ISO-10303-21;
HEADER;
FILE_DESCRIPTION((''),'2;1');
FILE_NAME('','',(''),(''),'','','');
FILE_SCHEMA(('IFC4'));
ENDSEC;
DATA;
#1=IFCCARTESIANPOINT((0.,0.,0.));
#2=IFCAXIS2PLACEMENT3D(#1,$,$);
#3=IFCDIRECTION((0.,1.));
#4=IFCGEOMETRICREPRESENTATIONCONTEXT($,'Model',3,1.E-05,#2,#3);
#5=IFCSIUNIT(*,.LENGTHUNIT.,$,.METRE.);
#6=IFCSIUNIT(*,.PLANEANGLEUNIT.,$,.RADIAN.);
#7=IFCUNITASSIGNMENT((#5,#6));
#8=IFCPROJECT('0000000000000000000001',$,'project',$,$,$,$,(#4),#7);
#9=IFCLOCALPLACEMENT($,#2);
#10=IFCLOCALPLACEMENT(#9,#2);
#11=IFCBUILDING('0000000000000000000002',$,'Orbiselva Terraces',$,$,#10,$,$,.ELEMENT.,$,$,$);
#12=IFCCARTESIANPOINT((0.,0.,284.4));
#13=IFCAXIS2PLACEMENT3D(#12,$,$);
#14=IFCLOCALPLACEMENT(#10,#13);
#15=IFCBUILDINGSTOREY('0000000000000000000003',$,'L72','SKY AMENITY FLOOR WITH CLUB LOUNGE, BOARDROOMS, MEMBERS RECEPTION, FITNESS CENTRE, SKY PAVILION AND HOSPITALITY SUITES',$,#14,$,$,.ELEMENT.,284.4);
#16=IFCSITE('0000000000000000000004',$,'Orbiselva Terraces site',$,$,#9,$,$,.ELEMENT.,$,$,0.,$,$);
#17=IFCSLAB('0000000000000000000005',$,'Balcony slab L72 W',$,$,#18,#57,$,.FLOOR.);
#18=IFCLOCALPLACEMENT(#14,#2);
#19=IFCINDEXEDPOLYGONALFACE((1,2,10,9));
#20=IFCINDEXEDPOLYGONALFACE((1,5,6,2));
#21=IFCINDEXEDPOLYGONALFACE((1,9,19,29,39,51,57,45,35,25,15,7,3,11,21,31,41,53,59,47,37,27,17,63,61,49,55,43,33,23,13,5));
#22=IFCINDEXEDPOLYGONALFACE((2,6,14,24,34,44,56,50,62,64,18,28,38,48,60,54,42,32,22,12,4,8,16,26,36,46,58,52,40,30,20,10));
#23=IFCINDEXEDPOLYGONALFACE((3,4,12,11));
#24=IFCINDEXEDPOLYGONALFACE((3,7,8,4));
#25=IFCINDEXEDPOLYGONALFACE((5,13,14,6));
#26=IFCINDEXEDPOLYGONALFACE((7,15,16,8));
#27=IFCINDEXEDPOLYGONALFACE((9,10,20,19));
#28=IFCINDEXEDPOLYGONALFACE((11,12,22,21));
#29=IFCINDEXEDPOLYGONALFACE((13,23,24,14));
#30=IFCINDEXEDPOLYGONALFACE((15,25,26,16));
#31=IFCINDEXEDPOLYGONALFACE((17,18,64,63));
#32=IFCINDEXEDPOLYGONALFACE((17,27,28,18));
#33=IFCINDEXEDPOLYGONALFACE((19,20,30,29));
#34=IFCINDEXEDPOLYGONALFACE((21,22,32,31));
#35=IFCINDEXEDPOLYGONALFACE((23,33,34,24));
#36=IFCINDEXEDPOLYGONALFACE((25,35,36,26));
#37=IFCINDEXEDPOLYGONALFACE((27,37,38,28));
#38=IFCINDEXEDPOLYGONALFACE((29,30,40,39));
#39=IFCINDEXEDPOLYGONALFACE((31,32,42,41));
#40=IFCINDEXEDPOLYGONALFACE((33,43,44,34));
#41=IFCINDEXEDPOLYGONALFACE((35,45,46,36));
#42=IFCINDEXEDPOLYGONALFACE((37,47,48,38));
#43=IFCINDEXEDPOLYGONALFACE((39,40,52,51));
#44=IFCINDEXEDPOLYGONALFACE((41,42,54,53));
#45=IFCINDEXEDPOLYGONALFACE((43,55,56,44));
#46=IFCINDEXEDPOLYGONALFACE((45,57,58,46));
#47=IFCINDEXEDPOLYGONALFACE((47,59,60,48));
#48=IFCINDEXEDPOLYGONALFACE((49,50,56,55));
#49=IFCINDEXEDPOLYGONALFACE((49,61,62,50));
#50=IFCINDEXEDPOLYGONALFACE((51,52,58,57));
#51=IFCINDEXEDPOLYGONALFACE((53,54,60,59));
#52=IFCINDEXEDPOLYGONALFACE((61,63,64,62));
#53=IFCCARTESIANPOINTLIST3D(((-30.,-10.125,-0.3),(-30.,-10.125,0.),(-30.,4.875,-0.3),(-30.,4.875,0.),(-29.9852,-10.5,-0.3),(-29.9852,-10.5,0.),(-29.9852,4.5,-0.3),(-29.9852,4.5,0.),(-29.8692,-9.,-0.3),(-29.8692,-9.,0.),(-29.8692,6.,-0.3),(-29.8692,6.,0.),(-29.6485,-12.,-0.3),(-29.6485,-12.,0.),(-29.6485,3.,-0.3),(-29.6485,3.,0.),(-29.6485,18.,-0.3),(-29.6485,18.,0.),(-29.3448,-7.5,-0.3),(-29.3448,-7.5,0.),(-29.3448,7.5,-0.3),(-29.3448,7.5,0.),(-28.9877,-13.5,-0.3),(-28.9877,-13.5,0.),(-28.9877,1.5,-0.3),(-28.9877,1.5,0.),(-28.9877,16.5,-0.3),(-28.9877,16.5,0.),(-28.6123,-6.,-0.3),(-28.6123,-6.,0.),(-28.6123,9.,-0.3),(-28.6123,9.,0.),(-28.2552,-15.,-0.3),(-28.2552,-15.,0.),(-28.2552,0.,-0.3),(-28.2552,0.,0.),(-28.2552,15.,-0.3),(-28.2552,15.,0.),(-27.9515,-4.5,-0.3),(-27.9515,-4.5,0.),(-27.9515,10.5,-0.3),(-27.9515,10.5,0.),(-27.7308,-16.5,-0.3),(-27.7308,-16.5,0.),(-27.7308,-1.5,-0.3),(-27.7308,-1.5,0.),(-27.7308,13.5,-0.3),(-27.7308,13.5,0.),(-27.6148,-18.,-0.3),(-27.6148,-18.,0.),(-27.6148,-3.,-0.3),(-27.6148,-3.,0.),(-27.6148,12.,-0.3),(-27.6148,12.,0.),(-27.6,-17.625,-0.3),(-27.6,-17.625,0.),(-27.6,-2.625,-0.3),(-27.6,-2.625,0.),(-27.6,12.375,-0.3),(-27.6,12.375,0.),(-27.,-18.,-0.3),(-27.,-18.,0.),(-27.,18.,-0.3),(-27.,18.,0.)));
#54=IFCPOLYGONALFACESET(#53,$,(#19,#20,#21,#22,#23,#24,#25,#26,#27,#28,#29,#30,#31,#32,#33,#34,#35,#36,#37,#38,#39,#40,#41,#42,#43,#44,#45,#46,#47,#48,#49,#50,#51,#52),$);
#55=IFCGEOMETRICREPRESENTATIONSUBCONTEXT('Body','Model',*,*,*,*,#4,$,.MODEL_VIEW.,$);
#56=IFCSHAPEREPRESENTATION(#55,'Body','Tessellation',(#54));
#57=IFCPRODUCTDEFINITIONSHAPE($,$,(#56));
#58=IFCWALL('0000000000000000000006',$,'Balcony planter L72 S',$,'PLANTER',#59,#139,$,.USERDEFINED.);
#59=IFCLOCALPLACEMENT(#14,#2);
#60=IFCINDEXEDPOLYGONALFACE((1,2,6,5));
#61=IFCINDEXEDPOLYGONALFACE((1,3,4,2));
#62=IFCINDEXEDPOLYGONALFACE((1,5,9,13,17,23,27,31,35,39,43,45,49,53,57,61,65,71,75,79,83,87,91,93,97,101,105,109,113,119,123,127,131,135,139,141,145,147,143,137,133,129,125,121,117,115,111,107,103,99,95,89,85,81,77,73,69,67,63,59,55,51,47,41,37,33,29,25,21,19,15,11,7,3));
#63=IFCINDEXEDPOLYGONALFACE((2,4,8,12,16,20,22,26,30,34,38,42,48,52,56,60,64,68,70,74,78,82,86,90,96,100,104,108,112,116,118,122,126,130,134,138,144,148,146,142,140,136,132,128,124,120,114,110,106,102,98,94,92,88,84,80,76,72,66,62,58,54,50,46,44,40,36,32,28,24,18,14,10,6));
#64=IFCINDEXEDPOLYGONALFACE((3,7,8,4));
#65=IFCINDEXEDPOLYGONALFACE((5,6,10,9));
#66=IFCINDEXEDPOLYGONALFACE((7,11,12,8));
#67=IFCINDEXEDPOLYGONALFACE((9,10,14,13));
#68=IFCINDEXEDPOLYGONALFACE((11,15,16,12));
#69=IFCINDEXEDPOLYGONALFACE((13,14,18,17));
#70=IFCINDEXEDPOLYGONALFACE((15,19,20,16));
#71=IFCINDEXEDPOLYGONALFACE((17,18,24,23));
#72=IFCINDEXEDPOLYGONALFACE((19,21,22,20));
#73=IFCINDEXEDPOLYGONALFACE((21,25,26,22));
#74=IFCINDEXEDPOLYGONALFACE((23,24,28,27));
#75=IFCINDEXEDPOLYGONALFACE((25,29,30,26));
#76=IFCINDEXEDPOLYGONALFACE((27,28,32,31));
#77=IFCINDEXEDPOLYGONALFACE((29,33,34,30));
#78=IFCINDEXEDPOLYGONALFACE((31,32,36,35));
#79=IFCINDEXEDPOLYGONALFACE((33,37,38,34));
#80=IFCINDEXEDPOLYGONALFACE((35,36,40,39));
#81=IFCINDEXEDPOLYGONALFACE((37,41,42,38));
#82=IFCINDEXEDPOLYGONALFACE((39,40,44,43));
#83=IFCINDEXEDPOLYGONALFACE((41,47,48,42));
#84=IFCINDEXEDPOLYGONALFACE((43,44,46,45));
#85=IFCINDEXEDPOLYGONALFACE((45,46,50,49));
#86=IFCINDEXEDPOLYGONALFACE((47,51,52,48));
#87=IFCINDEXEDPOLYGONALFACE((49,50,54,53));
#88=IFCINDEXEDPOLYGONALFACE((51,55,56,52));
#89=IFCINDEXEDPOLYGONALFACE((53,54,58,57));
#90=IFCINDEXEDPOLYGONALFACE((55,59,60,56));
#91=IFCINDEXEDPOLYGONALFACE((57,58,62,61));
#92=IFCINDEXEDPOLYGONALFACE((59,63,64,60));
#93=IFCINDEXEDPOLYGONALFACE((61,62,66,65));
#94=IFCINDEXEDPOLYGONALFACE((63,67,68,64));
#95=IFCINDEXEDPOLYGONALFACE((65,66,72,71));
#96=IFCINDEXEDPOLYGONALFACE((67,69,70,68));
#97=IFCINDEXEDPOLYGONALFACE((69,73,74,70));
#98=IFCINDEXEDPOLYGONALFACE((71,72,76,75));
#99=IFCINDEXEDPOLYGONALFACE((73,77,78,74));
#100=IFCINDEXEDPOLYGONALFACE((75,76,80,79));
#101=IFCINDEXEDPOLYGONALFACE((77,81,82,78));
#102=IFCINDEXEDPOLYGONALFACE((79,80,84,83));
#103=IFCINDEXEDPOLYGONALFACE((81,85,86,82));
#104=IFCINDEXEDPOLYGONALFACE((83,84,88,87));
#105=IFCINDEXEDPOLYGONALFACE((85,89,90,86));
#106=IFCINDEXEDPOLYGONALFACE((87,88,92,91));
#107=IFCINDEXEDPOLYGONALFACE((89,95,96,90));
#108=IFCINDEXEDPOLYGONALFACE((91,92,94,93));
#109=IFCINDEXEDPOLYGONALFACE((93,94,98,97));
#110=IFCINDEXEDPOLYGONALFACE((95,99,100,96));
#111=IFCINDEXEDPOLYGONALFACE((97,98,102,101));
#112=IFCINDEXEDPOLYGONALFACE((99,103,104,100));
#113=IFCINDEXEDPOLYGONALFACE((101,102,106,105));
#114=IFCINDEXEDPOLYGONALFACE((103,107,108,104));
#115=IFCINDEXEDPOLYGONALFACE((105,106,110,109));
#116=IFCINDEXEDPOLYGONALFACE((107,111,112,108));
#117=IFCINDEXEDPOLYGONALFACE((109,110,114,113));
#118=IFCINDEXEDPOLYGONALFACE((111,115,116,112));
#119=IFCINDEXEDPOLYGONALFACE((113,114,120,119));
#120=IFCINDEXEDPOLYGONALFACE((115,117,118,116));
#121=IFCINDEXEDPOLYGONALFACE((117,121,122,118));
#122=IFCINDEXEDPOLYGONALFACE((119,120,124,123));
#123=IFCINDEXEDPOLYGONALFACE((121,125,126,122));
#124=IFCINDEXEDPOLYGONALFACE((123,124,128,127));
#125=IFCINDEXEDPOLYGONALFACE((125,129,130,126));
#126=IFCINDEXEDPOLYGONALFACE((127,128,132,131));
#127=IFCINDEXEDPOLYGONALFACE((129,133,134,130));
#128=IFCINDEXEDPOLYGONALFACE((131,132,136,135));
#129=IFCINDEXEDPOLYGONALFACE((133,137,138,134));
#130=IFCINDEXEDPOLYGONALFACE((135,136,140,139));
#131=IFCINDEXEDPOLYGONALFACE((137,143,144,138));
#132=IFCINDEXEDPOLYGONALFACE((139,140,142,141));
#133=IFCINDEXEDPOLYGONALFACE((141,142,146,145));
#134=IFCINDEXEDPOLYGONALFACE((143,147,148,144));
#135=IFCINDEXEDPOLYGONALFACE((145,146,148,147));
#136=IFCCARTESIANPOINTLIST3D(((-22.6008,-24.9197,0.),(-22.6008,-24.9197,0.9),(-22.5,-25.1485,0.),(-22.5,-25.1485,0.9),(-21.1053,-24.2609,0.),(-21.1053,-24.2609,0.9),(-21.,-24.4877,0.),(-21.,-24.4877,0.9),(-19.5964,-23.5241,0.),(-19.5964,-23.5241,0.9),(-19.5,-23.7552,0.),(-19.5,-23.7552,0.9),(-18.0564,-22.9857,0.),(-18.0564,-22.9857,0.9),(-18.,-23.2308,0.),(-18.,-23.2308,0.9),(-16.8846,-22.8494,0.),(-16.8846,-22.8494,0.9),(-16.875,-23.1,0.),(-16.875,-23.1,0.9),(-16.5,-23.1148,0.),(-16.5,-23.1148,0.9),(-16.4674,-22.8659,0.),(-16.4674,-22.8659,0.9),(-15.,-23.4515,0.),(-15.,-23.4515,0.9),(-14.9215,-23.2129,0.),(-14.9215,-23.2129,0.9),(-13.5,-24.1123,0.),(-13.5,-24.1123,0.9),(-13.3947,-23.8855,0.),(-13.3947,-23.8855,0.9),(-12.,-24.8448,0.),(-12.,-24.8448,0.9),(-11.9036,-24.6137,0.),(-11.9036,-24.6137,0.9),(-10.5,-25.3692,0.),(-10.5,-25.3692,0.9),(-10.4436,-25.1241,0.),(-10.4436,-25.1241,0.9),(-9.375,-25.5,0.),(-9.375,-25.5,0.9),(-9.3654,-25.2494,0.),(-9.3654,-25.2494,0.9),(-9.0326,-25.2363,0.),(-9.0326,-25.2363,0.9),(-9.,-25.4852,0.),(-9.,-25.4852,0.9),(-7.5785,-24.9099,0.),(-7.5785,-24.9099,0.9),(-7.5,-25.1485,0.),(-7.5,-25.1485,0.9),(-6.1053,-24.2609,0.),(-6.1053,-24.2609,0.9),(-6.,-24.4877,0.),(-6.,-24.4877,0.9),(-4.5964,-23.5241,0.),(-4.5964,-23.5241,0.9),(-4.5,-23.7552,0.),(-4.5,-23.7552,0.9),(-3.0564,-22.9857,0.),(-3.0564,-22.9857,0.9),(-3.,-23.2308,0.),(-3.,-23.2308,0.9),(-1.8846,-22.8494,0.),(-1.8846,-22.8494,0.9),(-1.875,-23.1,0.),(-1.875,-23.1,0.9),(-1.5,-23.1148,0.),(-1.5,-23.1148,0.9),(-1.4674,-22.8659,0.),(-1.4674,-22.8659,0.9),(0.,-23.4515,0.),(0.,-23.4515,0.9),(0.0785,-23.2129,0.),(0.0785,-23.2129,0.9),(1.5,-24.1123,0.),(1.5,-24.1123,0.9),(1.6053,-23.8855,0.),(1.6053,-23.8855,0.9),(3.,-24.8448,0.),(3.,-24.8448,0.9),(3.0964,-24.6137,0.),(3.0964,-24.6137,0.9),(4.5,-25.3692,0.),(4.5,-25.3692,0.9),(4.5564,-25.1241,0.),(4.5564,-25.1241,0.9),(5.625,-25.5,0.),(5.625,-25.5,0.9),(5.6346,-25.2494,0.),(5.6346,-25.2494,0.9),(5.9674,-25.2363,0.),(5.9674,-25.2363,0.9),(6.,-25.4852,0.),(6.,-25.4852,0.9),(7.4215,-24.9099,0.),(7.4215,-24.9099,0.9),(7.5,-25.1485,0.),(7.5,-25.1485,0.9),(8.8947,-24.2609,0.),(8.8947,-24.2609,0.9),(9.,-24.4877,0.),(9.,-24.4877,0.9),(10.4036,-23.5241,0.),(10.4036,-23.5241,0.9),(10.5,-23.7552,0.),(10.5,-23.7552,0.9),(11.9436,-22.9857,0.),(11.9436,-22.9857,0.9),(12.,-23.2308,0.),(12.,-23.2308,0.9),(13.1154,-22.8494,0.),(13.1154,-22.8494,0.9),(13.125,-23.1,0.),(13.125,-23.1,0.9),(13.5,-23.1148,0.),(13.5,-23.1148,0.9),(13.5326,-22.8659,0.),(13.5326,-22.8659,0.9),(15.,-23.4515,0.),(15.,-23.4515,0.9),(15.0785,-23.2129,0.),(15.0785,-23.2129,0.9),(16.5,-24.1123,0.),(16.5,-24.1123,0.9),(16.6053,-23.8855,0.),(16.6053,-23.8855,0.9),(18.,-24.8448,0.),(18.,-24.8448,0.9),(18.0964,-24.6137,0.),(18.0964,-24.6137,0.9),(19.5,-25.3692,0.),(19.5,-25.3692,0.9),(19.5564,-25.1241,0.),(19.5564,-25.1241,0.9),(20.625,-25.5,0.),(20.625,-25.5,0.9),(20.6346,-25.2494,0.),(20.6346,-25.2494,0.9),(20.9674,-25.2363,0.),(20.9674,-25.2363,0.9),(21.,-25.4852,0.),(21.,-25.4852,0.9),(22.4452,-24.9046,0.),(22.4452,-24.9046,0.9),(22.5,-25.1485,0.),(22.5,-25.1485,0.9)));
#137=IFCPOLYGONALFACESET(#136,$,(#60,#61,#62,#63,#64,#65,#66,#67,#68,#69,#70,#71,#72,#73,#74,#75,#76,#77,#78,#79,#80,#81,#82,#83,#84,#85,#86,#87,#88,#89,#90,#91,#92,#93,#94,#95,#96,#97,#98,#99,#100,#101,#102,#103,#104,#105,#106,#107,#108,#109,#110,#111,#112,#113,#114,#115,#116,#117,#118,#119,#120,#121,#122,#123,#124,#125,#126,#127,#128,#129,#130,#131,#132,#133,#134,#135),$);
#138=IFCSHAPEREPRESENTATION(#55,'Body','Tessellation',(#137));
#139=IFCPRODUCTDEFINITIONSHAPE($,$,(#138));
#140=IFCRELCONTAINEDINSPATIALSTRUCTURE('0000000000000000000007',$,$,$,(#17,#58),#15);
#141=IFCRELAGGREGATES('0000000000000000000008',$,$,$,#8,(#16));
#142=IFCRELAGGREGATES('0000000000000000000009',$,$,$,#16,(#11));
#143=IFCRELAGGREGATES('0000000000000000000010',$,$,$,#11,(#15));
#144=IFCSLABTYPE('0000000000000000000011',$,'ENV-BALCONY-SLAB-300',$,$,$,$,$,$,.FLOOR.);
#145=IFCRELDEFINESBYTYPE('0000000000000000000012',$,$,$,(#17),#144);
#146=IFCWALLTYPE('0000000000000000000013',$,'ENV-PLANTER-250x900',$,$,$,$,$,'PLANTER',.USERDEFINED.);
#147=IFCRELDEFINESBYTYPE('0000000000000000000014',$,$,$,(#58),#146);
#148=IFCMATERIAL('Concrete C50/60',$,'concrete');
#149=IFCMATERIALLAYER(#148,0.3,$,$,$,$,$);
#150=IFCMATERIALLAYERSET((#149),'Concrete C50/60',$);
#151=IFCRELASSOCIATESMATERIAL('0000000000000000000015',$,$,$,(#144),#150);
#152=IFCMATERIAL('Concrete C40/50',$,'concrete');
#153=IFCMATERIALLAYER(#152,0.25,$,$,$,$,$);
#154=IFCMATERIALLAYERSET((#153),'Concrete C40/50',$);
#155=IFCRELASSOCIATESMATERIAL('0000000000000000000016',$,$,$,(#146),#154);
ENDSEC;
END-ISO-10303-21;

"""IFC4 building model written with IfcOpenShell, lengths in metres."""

from ifc_helpers import new_model, si_unit, direction, frame, origin, place, context, subcontext, project, spatial, polyline, outline, extrude, material, layer, layer_set, type_object, element, save


model = new_model("IFC4")

# Units and contexts
model_context = context("Model", 3, precision=1e-05, world=origin(), true_north=direction((0.0, 1.0)))
body_context = subcontext(model_context, "Body", "Model", "MODEL_VIEW")
ifc_project = project(units=[si_unit("LENGTHUNIT", "METRE"), si_unit("PLANEANGLEUNIT", "RADIAN")], contexts=[model_context])

# Site, building, storey
site_placement = place(None, origin())
site = spatial("IfcSite", under=ifc_project, at=site_placement, Name="Orbiselva Terraces site", CompositionType="ELEMENT", RefElevation=0.0)
building_placement = place(site_placement, origin())
building = spatial("IfcBuilding", under=site, at=building_placement, Name="Orbiselva Terraces", CompositionType="ELEMENT")
storey_placement = place(building_placement, frame((0.0, 0.0, 284.4)))
storey = spatial("IfcBuildingStorey", under=building, at=storey_placement, Name="L72", Description="SKY AMENITY FLOOR WITH CLUB LOUNGE, BOARDROOMS, MEMBERS RECEPTION, FITNESS CENTRE, SKY PAVILION AND HOSPITALITY SUITES", CompositionType="ELEMENT", Elevation=284.4)

# Shared definitions
ifc_material_1 = material(Name="Concrete C40/50", Category="concrete")

# Slab
ifc_material_2 = material(Name="Concrete C50/60", Category="concrete")
ifc_layer_1 = layer(ifc_material_2, 0.3)
ifc_layer_set_1 = layer_set([ifc_layer_1], Name="Concrete C50/60")
slab_type_1 = type_object("IfcSlabType", Name="ENV-BALCONY-SLAB-300", PredefinedType="FLOOR", material=ifc_layer_set_1)
slab_1_placement = place(storey_placement, frame((0.0, 0.0, -0.3)))
element("IfcSlab", 1, at=slab_1_placement, inside=storey, type_object=slab_type_1, Name="Balcony slab L72 W", PredefinedType="FLOOR", context=body_context, shape_type="SweptSolid", body=[
    extrude(outline(polyline([(-29.6485, 18.0), (-28.9877, 16.5), (-28.2552, 15.0), (-27.7308, 13.5), (-27.6, 12.375), (-27.6148, 12.0), (-27.9515, 10.5), (-28.6123, 9.0), (-29.3448, 7.5), (-29.8692, 6.0), (-30.0, 4.875), (-29.9852, 4.5), (-29.6485, 3.0), (-28.9877, 1.5), (-28.2552, 0.0), (-27.7308, -1.5), (-27.6, -2.625), (-27.6148, -3.0), (-27.9515, -4.5), (-28.6123, -6.0), (-29.3448, -7.5), (-29.8692, -9.0), (-30.0, -10.125), (-29.9852, -10.5), (-29.6485, -12.0), (-28.9877, -13.5), (-28.2552, -15.0), (-27.7308, -16.5), (-27.6, -17.625), (-27.6148, -18.0), (-27.0, -18.0), (-27.0, 18.0), (-29.6485, 18.0)])), origin(), (0.0, 0.0, 1.0), 0.3),
])

# Wall
ifc_layer_2 = layer(ifc_material_1, 0.25)
ifc_layer_set_2 = layer_set([ifc_layer_2], Name="Concrete C40/50")
wall_type = type_object("IfcWallType", Name="ENV-PLANTER-250x900", ElementType="PLANTER", PredefinedType="USERDEFINED", material=ifc_layer_set_2)
wall_1_placement = place(storey_placement, origin())
element("IfcWall", 2, at=wall_1_placement, inside=storey, type_object=wall_type, Name="Balcony planter L72 S", ObjectType="PLANTER", PredefinedType="USERDEFINED", context=body_context, shape_type="SweptSolid", body=[
    extrude(outline(polyline([(-22.5, -25.1485), (-21.0, -24.4877), (-19.5, -23.7552), (-18.0, -23.2308), (-16.875, -23.1), (-16.5, -23.1148), (-15.0, -23.4515), (-13.5, -24.1123), (-12.0, -24.8448), (-10.5, -25.3692), (-9.375, -25.5), (-9.0, -25.4852), (-7.5, -25.1485), (-6.0, -24.4877), (-4.5, -23.7552), (-3.0, -23.2308), (-1.875, -23.1), (-1.5, -23.1148), (0.0, -23.4515), (1.5, -24.1123), (3.0, -24.8448), (4.5, -25.3692), (5.625, -25.5), (6.0, -25.4852), (7.5, -25.1485), (9.0, -24.4877), (10.5, -23.7552), (12.0, -23.2308), (13.125, -23.1), (13.5, -23.1148), (15.0, -23.4515), (16.5, -24.1123), (18.0, -24.8448), (19.5, -25.3692), (20.625, -25.5), (21.0, -25.4852), (22.5, -25.1485), (22.4452, -24.9046), (20.9674, -25.2363), (20.6346, -25.2494), (19.5564, -25.1241), (18.0964, -24.6137), (16.6053, -23.8855), (15.0785, -23.2129), (13.5326, -22.8659), (13.1154, -22.8494), (11.9436, -22.9857), (10.4036, -23.5241), (8.8947, -24.2609), (7.4215, -24.9099), (5.9674, -25.2363), (5.6346, -25.2494), (4.5564, -25.1241), (3.0964, -24.6137), (1.6053, -23.8855), (0.0785, -23.2129), (-1.4674, -22.8659), (-1.8846, -22.8494), (-3.0564, -22.9857), (-4.5964, -23.5241), (-6.1053, -24.2609), (-7.5785, -24.9099), (-9.0326, -25.2363), (-9.3654, -25.2494), (-10.4436, -25.1241), (-11.9036, -24.6137), (-13.3947, -23.8855), (-14.9215, -23.2129), (-16.4674, -22.8659), (-16.8846, -22.8494), (-18.0564, -22.9857), (-19.5964, -23.5241), (-21.1053, -24.2609), (-22.6008, -24.9197), (-22.5, -25.1485)])), origin(), (0.0, 0.0, 1.0), 0.9),
])

save(model, "model.ifc")
